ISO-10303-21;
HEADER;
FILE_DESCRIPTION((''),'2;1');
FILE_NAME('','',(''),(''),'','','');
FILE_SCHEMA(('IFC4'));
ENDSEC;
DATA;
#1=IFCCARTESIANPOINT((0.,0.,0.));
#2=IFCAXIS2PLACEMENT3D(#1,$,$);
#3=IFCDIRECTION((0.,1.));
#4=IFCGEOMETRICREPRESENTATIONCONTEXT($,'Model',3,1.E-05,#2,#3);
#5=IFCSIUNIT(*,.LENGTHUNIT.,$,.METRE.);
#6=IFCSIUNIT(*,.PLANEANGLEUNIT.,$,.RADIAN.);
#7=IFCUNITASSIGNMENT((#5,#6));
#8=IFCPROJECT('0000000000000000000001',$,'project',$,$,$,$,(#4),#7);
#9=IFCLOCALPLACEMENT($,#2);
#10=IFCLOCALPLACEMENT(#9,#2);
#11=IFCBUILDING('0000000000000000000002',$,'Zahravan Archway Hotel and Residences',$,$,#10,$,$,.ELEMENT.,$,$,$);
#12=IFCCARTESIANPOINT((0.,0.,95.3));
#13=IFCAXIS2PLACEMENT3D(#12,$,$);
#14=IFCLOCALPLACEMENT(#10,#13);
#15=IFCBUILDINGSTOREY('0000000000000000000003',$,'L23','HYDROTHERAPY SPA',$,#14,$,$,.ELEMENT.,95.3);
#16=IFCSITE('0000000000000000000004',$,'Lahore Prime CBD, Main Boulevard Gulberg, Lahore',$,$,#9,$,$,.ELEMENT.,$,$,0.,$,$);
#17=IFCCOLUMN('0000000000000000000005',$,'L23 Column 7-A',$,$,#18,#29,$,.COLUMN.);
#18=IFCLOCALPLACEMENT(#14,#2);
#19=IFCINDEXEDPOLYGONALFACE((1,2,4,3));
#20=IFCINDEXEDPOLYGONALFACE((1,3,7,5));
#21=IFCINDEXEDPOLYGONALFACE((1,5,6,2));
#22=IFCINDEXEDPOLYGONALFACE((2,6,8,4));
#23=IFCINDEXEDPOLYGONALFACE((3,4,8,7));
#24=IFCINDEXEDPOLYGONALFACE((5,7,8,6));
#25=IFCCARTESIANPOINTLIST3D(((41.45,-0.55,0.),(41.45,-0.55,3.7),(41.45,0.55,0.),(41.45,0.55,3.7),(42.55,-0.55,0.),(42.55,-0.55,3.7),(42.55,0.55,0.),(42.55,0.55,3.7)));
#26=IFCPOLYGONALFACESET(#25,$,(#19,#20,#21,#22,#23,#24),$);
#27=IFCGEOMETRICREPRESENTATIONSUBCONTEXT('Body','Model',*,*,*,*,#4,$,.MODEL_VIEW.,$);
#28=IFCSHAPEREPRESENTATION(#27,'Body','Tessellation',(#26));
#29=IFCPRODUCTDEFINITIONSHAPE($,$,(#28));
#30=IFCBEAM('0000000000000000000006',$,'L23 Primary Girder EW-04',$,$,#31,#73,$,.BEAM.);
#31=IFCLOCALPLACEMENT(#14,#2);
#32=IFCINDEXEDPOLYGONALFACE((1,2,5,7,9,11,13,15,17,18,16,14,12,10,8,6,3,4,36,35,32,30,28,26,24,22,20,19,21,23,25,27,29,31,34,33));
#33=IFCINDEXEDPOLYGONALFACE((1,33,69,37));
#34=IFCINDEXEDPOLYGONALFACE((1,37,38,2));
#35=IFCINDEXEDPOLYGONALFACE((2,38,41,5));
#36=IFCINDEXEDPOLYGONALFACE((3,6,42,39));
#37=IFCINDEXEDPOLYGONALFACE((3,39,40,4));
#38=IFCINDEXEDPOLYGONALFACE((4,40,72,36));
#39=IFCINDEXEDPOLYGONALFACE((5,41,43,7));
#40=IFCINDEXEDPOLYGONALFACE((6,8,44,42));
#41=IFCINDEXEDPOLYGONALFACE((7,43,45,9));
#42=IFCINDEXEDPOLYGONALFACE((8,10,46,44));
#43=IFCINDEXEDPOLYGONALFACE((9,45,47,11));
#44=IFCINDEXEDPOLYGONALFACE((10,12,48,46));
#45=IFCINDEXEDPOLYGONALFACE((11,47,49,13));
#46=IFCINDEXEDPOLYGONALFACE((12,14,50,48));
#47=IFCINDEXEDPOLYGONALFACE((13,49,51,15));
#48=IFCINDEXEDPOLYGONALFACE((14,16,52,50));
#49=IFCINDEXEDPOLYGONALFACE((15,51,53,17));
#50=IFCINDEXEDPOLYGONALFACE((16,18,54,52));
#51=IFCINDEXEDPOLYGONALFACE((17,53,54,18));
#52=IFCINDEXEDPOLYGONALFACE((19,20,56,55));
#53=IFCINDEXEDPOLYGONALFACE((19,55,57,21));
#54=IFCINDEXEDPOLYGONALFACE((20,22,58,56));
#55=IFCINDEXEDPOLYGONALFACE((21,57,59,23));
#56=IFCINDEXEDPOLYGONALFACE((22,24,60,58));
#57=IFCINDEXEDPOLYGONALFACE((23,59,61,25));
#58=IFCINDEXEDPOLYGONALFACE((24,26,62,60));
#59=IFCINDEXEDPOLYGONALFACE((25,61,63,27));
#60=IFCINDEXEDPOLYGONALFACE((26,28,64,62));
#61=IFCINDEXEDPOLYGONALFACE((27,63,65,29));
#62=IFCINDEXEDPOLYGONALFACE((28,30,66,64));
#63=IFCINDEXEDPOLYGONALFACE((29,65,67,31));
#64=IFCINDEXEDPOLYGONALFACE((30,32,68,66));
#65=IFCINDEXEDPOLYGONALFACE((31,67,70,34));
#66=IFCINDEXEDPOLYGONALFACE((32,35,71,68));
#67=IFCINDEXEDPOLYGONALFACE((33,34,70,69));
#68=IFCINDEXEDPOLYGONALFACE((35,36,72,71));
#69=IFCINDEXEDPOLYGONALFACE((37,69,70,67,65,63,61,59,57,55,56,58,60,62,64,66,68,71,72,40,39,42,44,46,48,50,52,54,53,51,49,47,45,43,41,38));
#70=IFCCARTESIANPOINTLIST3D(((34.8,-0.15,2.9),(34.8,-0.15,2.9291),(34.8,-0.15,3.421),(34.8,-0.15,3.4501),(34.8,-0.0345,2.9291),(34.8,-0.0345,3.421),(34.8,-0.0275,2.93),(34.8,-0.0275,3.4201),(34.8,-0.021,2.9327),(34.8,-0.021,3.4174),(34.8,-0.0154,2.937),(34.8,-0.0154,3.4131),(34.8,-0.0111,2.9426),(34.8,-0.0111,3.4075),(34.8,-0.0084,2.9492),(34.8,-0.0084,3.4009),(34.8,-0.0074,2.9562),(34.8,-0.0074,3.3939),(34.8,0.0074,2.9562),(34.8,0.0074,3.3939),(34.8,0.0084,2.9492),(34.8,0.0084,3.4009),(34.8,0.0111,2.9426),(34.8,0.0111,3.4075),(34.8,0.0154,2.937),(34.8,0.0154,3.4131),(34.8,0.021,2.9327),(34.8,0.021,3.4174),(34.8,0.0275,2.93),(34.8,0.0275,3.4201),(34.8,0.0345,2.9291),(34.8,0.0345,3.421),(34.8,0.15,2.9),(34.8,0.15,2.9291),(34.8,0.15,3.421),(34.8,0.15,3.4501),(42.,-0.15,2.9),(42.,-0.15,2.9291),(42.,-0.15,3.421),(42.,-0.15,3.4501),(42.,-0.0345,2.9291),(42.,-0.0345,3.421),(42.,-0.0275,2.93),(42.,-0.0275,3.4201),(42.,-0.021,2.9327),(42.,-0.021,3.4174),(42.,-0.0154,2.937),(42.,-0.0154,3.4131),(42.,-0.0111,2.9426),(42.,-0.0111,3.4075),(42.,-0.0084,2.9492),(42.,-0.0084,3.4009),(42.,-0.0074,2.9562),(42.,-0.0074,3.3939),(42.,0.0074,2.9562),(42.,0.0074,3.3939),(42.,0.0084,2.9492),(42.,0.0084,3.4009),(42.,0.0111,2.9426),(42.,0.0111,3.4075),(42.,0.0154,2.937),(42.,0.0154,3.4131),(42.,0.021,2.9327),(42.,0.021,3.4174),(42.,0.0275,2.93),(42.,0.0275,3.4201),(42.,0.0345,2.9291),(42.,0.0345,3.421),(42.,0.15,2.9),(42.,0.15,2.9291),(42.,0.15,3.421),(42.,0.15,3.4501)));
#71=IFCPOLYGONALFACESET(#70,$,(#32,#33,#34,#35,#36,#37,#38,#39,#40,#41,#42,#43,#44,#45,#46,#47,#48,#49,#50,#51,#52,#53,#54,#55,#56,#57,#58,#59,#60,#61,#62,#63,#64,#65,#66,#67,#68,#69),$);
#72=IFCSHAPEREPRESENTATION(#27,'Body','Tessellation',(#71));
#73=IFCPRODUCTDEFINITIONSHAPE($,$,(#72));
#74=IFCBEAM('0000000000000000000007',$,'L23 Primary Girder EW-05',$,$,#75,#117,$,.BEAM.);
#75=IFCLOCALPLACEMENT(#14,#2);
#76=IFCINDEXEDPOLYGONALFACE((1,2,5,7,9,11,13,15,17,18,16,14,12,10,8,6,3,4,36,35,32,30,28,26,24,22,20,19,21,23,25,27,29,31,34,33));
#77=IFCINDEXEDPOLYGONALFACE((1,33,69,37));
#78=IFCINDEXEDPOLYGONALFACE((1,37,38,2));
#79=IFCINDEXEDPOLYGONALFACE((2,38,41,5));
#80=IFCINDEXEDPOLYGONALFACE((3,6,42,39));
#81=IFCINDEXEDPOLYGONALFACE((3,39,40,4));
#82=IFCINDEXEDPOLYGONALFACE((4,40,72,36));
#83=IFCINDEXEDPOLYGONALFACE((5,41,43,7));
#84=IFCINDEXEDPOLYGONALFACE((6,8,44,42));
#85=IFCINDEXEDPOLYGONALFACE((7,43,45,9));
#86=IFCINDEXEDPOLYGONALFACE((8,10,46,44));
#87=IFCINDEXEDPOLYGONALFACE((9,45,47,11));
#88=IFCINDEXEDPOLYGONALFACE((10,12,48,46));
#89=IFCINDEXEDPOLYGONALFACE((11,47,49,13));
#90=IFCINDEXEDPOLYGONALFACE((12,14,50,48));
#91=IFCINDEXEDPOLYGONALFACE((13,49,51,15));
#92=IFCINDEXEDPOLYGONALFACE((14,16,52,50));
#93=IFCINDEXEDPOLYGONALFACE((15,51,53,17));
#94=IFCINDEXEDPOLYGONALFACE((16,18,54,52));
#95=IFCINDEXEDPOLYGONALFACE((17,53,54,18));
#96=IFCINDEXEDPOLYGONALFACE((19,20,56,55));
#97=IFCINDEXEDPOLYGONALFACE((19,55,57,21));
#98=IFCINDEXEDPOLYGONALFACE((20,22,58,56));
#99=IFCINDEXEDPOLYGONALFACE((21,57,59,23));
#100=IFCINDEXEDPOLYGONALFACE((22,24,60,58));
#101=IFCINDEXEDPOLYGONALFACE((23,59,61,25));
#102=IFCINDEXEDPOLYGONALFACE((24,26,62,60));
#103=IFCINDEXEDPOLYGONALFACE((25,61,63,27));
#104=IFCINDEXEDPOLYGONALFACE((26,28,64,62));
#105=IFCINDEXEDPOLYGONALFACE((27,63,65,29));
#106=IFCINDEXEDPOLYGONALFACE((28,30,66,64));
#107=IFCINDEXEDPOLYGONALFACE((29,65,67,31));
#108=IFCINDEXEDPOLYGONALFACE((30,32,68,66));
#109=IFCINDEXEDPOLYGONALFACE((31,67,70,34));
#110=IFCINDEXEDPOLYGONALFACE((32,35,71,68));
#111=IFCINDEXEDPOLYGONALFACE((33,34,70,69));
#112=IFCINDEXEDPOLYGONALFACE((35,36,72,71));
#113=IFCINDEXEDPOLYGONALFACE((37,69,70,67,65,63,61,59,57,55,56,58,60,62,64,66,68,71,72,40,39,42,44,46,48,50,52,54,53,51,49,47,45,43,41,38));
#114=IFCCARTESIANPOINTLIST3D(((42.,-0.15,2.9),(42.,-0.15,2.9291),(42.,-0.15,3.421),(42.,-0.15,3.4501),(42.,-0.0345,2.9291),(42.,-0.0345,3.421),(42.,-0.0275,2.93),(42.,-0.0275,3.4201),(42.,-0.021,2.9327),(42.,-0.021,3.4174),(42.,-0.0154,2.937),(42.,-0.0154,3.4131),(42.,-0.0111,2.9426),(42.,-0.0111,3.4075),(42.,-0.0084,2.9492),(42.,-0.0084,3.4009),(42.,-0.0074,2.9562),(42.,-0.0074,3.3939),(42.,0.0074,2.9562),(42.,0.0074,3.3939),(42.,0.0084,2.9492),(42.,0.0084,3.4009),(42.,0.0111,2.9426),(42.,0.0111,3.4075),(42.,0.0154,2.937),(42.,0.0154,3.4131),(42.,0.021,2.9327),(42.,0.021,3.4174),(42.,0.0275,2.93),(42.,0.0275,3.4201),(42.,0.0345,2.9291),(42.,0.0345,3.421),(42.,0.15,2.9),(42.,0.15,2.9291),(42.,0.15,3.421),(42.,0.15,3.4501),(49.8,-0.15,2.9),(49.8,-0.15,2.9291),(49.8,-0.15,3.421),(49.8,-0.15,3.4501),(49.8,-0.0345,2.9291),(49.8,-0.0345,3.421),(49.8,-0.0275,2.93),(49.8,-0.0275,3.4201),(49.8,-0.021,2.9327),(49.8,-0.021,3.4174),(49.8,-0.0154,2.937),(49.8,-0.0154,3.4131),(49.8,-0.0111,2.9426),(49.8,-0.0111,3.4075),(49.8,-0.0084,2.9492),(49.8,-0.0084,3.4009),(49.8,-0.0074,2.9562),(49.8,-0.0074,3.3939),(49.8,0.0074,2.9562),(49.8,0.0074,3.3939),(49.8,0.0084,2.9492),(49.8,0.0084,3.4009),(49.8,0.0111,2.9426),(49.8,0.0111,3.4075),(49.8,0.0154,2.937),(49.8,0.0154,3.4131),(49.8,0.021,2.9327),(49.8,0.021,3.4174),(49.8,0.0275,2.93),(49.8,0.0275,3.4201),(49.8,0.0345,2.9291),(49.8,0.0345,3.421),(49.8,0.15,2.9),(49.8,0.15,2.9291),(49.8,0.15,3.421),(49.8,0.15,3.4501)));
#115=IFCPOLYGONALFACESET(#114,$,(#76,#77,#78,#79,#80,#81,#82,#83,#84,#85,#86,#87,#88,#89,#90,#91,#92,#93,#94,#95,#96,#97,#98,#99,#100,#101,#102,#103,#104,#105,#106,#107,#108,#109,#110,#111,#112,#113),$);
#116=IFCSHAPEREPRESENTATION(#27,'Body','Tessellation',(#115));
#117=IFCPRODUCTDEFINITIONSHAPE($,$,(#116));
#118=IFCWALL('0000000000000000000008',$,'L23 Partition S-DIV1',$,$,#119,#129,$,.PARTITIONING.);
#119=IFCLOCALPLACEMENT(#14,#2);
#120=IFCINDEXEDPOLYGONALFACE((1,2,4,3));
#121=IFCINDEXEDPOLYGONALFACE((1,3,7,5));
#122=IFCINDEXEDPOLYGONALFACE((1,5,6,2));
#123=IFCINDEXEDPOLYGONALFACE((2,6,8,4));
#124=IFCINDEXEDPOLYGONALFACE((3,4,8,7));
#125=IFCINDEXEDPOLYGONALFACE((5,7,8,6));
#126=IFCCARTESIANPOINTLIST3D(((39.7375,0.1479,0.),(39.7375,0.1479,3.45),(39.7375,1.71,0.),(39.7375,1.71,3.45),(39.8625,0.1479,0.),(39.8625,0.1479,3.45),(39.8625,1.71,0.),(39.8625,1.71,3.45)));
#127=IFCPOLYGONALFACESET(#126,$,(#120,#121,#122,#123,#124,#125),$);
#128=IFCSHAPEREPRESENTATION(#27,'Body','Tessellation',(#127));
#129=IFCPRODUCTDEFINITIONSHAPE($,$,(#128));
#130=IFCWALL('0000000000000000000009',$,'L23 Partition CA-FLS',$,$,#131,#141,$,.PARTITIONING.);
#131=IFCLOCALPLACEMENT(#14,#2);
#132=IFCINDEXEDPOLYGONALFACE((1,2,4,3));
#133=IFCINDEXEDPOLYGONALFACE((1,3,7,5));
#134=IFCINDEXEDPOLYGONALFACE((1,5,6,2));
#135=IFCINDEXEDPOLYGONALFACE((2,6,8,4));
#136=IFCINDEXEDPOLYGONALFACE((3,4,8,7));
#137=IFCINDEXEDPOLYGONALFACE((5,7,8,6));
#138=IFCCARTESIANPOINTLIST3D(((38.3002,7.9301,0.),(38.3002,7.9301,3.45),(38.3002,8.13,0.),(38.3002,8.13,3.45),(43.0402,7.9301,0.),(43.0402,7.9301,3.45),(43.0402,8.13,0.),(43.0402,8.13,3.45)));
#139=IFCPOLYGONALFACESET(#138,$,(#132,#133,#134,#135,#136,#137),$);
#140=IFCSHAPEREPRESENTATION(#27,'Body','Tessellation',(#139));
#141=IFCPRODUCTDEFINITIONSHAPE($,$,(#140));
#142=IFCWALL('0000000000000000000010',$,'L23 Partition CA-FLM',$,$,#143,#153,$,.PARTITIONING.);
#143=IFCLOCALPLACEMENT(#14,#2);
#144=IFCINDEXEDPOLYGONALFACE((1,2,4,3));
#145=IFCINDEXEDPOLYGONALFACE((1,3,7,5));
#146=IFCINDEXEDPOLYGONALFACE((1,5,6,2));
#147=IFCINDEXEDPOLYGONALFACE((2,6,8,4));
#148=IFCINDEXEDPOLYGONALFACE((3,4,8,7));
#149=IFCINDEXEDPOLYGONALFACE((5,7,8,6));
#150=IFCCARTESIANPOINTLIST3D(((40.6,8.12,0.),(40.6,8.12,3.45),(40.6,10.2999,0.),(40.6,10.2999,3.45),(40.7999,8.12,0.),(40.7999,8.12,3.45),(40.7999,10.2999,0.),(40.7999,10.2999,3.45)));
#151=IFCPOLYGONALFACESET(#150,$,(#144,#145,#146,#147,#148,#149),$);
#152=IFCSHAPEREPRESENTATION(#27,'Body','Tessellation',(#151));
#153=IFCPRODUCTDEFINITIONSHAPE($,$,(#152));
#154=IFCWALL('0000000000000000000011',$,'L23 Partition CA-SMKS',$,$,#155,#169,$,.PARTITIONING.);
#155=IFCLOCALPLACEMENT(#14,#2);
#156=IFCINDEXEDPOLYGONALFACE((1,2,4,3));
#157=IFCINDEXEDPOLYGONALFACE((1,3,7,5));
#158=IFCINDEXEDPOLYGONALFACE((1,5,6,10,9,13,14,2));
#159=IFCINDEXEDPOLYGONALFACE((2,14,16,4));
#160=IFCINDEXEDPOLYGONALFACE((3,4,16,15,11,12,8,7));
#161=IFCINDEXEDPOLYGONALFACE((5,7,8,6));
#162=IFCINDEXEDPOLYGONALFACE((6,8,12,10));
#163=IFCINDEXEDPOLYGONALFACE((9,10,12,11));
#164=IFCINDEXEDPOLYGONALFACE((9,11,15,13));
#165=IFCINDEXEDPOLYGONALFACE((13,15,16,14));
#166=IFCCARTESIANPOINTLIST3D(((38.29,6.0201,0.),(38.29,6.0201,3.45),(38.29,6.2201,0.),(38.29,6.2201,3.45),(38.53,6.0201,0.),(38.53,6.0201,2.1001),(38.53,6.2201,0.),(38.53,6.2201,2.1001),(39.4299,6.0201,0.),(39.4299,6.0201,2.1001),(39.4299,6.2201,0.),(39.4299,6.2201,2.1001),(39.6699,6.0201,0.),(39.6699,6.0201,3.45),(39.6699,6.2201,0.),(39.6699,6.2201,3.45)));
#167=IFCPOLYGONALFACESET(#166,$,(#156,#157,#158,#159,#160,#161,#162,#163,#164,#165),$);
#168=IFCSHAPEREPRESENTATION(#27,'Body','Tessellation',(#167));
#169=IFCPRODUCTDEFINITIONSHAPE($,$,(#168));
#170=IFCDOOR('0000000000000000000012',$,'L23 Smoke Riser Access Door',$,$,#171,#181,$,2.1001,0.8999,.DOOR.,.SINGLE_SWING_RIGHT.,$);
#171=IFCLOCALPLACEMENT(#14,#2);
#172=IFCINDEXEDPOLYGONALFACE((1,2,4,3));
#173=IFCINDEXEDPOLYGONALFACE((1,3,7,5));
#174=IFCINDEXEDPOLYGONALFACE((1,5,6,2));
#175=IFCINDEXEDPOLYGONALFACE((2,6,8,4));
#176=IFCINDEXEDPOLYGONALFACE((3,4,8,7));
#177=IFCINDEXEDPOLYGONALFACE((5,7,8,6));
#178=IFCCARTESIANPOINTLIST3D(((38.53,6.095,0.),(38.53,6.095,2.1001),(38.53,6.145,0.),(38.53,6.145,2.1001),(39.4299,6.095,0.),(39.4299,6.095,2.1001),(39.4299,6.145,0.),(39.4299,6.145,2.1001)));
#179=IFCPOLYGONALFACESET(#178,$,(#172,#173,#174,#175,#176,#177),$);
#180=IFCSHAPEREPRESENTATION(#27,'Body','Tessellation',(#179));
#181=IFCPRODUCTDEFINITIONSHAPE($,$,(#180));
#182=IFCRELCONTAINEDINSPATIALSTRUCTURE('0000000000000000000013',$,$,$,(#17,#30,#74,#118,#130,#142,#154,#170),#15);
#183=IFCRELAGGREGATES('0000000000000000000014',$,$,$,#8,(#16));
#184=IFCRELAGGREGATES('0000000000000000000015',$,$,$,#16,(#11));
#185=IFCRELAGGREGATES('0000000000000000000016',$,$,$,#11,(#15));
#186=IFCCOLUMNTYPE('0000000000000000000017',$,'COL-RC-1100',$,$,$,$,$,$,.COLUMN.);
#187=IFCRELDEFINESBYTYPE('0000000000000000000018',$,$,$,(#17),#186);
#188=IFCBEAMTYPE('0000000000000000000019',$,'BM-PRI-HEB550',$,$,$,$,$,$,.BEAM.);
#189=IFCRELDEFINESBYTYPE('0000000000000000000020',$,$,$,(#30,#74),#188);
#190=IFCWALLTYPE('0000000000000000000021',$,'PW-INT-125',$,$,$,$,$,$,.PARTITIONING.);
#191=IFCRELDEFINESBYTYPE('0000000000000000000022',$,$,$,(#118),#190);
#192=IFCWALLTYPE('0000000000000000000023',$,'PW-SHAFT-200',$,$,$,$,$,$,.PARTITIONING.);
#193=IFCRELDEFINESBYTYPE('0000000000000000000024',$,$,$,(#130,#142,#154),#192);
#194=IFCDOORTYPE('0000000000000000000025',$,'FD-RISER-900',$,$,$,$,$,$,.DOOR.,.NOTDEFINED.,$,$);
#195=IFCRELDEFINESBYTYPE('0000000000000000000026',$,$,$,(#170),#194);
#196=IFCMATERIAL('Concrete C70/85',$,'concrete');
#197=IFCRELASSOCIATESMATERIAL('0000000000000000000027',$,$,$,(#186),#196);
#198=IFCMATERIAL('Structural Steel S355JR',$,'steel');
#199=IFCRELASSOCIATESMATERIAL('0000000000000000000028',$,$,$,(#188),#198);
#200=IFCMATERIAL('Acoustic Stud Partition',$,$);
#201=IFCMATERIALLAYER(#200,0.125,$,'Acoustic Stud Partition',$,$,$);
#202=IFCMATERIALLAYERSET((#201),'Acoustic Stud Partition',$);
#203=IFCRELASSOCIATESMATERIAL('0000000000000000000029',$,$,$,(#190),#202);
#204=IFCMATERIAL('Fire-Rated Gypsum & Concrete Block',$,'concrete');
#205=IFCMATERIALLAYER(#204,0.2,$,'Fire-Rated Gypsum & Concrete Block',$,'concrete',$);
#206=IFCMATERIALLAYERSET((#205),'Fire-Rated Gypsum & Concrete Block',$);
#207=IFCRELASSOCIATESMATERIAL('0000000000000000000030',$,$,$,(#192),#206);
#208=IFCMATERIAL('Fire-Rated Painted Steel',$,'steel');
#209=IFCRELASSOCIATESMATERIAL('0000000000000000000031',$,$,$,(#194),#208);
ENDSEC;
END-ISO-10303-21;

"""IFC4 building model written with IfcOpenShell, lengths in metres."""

from ifc_helpers import new_model, si_unit, direction, frame, frame_2d, origin, origin_2d, place, context, subcontext, project, spatial, rectangle, i_section, extrude, source, transform, mapped, material, layer, layer_set, material_profile, profile_set, type_object, type_shapes, element, fill, save


model = new_model("IFC4")

# Units and contexts
model_context = context("Model", 3, precision=1e-05, world=origin(), true_north=direction((0.0, 1.0)))
body_context = subcontext(model_context, "Body", "Model", "MODEL_VIEW")
ifc_project = project(units=[si_unit("LENGTHUNIT", "METRE"), si_unit("PLANEANGLEUNIT", "RADIAN")], contexts=[model_context])

# Site, building, storey
site_placement = place(None, origin())
site = spatial("IfcSite", under=ifc_project, at=site_placement, Name="Lahore Prime CBD, Main Boulevard Gulberg, Lahore", CompositionType="ELEMENT", RefElevation=0.0)
building_placement = place(site_placement, origin())
building = spatial("IfcBuilding", under=site, at=building_placement, Name="Zahravan Archway Hotel and Residences", CompositionType="ELEMENT")
storey_placement = place(building_placement, frame((0.0, 0.0, 95.3)))
storey = spatial("IfcBuildingStorey", under=building, at=storey_placement, Name="L23", Description="HYDROTHERAPY SPA", CompositionType="ELEMENT", Elevation=95.3)

# Column
ifc_material_1 = material(Name="Concrete C70/85", Category="concrete")
ifc_material_profile_1 = material_profile(ifc_material_1, rectangle(XDim=1.1001, YDim=1.1001, at=origin_2d()), Name="RC 1100x1100", Category="concrete")
ifc_profile_set_1 = profile_set([ifc_material_profile_1], Name="Concrete C70/85")
column_type = type_object("IfcColumnType", Name="COL-RC-1100", PredefinedType="COLUMN", material=ifc_profile_set_1)
shared_shape_1 = source(origin(), body_context, "Body", "SweptSolid", [
    extrude(rectangle(XDim=1.1001, YDim=1.1001, at=origin_2d()), origin(), (0.0, 0.0, 1.0), 3.7),
])
column_placement = place(storey_placement, frame((42.0, 0.0, 0.0), z_axis=(0.0, 0.0, 1.0), x_axis=(1.0, 0.0, 0.0)))
element("IfcColumn", 1, at=column_placement, inside=storey, type_object=column_type, Name="L23 Column 7-A", PredefinedType="COLUMN", context=body_context, shape_type="MappedRepresentation", body=[
    mapped(shared_shape_1, transform((0.0, 0.0, 0.0), scale=1.0)),
])

# Beams
ifc_material_2 = material(Name="Structural Steel S355JR", Category="steel")
ifc_material_profile_2 = material_profile(ifc_material_2, i_section(OverallWidth=0.3, OverallDepth=0.55, WebThickness=0.0149, FlangeThickness=0.0291, FilletRadius=0.0271, at=origin_2d()), Name="HEB 550", Category="steel")
ifc_profile_set_2 = profile_set([ifc_material_profile_2], Name="Structural Steel S355JR")
beam_type = type_object("IfcBeamType", Name="BM-PRI-HEB550", PredefinedType="BEAM", material=ifc_profile_set_2)
shared_shape_2 = source(origin(), body_context, "Body", "SweptSolid", [
    extrude(i_section(OverallWidth=0.3, OverallDepth=0.55, WebThickness=0.0149, FlangeThickness=0.0291, FilletRadius=0.0271, at=origin_2d()), origin(), (0.0, 0.0, 1.0), 7.2),
])
beam_1_placement = place(storey_placement, frame((34.8, 0.0, 3.175), z_axis=(1.0, 0.0, 0.0), x_axis=(0.0, 1.0, 0.0)))
element("IfcBeam", 2, at=beam_1_placement, inside=storey, type_object=beam_type, Name="L23 Primary Girder EW-04", PredefinedType="BEAM", context=body_context, shape_type="MappedRepresentation", body=[
    mapped(shared_shape_2, transform((0.0, 0.0, 0.0), scale=1.0)),
])
shared_shape_3 = source(origin(), body_context, "Body", "SweptSolid", [
    extrude(i_section(OverallWidth=0.3, OverallDepth=0.55, WebThickness=0.0149, FlangeThickness=0.0291, FilletRadius=0.0271, at=origin_2d()), origin(), (0.0, 0.0, 1.0), 7.8),
])
beam_2_placement = place(storey_placement, frame((42.0, 0.0, 3.175), z_axis=(1.0, 0.0, 0.0), x_axis=(0.0, 1.0, 0.0)))
element("IfcBeam", 3, at=beam_2_placement, inside=storey, type_object=beam_type, Name="L23 Primary Girder EW-05", PredefinedType="BEAM", context=body_context, shape_type="MappedRepresentation", body=[
    mapped(shared_shape_3, transform((0.0, 0.0, 0.0), scale=1.0)),
])

# Walls
ifc_material_3 = material(Name="Acoustic Stud Partition")
ifc_layer_1 = layer(ifc_material_3, 0.125, Name="Acoustic Stud Partition")
ifc_layer_set_1 = layer_set([ifc_layer_1], Name="Acoustic Stud Partition")
wall_type_1 = type_object("IfcWallType", Name="PW-INT-125", PredefinedType="PARTITIONING", material=ifc_layer_set_1)
wall_1_placement = place(storey_placement, frame((39.8, 0.1479, 0.0), z_axis=(0.0, 0.0, 1.0), x_axis=(0.0, 1.0, 0.0)))
element("IfcWall", 4, at=wall_1_placement, inside=storey, type_object=wall_type_1, Name="L23 Partition S-DIV1", PredefinedType="PARTITIONING", context=body_context, shape_type="SweptSolid", body=[
    extrude(rectangle(XDim=1.562, YDim=0.125, at=frame_2d((0.781, 0.0))), origin(), (0.0, 0.0, 1.0), 3.45),
])
ifc_material_4 = material(Name="Fire-Rated Gypsum & Concrete Block", Category="concrete")
ifc_layer_2 = layer(ifc_material_4, 0.2, Name="Fire-Rated Gypsum & Concrete Block", Category="concrete")
ifc_layer_set_2 = layer_set([ifc_layer_2], Name="Fire-Rated Gypsum & Concrete Block")
wall_type_2 = type_object("IfcWallType", Name="PW-SHAFT-200", PredefinedType="PARTITIONING", material=ifc_layer_set_2)
wall_2_placement = place(storey_placement, frame((38.3, 8.03, 0.0), z_axis=(0.0, 0.0, 1.0), x_axis=(1.0, 0.0, 0.0)))
element("IfcWall", 5, at=wall_2_placement, inside=storey, type_object=wall_type_2, Name="L23 Partition CA-FLS", PredefinedType="PARTITIONING", context=body_context, shape_type="SweptSolid", body=[
    extrude(rectangle(XDim=4.74, YDim=0.2, at=frame_2d((2.3701, 0.0))), origin(), (0.0, 0.0, 1.0), 3.45),
])
wall_3_placement = place(storey_placement, frame((40.7, 8.1201, 0.0), z_axis=(0.0, 0.0, 1.0), x_axis=(0.0, 1.0, 0.0)))
element("IfcWall", 6, at=wall_3_placement, inside=storey, type_object=wall_type_2, Name="L23 Partition CA-FLM", PredefinedType="PARTITIONING", context=body_context, shape_type="SweptSolid", body=[
    extrude(rectangle(XDim=2.1799, YDim=0.2, at=frame_2d((1.0898, 0.0))), origin(), (0.0, 0.0, 1.0), 3.45),
])

# Wall, opening, door
wall_4_placement = place(storey_placement, frame((38.29, 6.1201, 0.0), z_axis=(0.0, 0.0, 1.0), x_axis=(1.0, 0.0, 0.0)))
wall_4 = element("IfcWall", 7, at=wall_4_placement, inside=storey, type_object=wall_type_2, Name="L23 Partition CA-SMKS", PredefinedType="PARTITIONING", context=body_context, shape_type="SweptSolid", body=[
    extrude(rectangle(XDim=1.3799, YDim=0.2, at=frame_2d((0.6899, 0.0))), origin(), (0.0, 0.0, 1.0), 3.45),
])
opening_1_placement = place(wall_4_placement, frame((0.24, 0.0, 0.0)))
opening_1 = element("IfcOpeningElement", 8, at=opening_1_placement, cuts=wall_4, PredefinedType="OPENING", context=body_context, shape_type="SweptSolid", body=[
    extrude(rectangle(XDim=0.8999, YDim=2.1001, at=frame_2d((0.45, 1.05))), frame((0.0, 0.1099, 0.0), z_axis=(0.0, -1.0, 0.0), x_axis=(1.0, 0.0, 0.0)), (0.0, 0.0, 1.0), 0.22),
])
ifc_material_5 = material(Name="Fire-Rated Painted Steel", Category="steel")
door_type_1 = type_object("IfcDoorType", Name="FD-RISER-900", OperationType="NOTDEFINED", PredefinedType="DOOR", material=ifc_material_5)
shared_shape_4 = source(origin(), body_context, "Body", "SweptSolid", [
    extrude(rectangle(XDim=0.8999, YDim=2.1001, at=frame_2d((0.45, 1.05))), frame((0.0, 0.0249, 0.0), z_axis=(0.0, -1.0, 0.0), x_axis=(1.0, 0.0, 0.0)), (0.0, 0.0, 1.0), 0.05),
])
type_shapes(door_type_1, [shared_shape_4])
door_1_placement = place(opening_1_placement, origin())
door_1 = element("IfcDoor", 9, at=door_1_placement, inside=storey, type_object=door_type_1, Name="L23 Smoke Riser Access Door", OperationType="SINGLE_SWING_RIGHT", OverallHeight=2.1001, OverallWidth=0.8999, PredefinedType="DOOR", context=body_context, shape_type="MappedRepresentation", body=[
    mapped(shared_shape_4, transform((0.0, 0.0, 0.0), scale=1.0)),
])
fill(opening_1, door_1)

save(model, "model.ifc")
